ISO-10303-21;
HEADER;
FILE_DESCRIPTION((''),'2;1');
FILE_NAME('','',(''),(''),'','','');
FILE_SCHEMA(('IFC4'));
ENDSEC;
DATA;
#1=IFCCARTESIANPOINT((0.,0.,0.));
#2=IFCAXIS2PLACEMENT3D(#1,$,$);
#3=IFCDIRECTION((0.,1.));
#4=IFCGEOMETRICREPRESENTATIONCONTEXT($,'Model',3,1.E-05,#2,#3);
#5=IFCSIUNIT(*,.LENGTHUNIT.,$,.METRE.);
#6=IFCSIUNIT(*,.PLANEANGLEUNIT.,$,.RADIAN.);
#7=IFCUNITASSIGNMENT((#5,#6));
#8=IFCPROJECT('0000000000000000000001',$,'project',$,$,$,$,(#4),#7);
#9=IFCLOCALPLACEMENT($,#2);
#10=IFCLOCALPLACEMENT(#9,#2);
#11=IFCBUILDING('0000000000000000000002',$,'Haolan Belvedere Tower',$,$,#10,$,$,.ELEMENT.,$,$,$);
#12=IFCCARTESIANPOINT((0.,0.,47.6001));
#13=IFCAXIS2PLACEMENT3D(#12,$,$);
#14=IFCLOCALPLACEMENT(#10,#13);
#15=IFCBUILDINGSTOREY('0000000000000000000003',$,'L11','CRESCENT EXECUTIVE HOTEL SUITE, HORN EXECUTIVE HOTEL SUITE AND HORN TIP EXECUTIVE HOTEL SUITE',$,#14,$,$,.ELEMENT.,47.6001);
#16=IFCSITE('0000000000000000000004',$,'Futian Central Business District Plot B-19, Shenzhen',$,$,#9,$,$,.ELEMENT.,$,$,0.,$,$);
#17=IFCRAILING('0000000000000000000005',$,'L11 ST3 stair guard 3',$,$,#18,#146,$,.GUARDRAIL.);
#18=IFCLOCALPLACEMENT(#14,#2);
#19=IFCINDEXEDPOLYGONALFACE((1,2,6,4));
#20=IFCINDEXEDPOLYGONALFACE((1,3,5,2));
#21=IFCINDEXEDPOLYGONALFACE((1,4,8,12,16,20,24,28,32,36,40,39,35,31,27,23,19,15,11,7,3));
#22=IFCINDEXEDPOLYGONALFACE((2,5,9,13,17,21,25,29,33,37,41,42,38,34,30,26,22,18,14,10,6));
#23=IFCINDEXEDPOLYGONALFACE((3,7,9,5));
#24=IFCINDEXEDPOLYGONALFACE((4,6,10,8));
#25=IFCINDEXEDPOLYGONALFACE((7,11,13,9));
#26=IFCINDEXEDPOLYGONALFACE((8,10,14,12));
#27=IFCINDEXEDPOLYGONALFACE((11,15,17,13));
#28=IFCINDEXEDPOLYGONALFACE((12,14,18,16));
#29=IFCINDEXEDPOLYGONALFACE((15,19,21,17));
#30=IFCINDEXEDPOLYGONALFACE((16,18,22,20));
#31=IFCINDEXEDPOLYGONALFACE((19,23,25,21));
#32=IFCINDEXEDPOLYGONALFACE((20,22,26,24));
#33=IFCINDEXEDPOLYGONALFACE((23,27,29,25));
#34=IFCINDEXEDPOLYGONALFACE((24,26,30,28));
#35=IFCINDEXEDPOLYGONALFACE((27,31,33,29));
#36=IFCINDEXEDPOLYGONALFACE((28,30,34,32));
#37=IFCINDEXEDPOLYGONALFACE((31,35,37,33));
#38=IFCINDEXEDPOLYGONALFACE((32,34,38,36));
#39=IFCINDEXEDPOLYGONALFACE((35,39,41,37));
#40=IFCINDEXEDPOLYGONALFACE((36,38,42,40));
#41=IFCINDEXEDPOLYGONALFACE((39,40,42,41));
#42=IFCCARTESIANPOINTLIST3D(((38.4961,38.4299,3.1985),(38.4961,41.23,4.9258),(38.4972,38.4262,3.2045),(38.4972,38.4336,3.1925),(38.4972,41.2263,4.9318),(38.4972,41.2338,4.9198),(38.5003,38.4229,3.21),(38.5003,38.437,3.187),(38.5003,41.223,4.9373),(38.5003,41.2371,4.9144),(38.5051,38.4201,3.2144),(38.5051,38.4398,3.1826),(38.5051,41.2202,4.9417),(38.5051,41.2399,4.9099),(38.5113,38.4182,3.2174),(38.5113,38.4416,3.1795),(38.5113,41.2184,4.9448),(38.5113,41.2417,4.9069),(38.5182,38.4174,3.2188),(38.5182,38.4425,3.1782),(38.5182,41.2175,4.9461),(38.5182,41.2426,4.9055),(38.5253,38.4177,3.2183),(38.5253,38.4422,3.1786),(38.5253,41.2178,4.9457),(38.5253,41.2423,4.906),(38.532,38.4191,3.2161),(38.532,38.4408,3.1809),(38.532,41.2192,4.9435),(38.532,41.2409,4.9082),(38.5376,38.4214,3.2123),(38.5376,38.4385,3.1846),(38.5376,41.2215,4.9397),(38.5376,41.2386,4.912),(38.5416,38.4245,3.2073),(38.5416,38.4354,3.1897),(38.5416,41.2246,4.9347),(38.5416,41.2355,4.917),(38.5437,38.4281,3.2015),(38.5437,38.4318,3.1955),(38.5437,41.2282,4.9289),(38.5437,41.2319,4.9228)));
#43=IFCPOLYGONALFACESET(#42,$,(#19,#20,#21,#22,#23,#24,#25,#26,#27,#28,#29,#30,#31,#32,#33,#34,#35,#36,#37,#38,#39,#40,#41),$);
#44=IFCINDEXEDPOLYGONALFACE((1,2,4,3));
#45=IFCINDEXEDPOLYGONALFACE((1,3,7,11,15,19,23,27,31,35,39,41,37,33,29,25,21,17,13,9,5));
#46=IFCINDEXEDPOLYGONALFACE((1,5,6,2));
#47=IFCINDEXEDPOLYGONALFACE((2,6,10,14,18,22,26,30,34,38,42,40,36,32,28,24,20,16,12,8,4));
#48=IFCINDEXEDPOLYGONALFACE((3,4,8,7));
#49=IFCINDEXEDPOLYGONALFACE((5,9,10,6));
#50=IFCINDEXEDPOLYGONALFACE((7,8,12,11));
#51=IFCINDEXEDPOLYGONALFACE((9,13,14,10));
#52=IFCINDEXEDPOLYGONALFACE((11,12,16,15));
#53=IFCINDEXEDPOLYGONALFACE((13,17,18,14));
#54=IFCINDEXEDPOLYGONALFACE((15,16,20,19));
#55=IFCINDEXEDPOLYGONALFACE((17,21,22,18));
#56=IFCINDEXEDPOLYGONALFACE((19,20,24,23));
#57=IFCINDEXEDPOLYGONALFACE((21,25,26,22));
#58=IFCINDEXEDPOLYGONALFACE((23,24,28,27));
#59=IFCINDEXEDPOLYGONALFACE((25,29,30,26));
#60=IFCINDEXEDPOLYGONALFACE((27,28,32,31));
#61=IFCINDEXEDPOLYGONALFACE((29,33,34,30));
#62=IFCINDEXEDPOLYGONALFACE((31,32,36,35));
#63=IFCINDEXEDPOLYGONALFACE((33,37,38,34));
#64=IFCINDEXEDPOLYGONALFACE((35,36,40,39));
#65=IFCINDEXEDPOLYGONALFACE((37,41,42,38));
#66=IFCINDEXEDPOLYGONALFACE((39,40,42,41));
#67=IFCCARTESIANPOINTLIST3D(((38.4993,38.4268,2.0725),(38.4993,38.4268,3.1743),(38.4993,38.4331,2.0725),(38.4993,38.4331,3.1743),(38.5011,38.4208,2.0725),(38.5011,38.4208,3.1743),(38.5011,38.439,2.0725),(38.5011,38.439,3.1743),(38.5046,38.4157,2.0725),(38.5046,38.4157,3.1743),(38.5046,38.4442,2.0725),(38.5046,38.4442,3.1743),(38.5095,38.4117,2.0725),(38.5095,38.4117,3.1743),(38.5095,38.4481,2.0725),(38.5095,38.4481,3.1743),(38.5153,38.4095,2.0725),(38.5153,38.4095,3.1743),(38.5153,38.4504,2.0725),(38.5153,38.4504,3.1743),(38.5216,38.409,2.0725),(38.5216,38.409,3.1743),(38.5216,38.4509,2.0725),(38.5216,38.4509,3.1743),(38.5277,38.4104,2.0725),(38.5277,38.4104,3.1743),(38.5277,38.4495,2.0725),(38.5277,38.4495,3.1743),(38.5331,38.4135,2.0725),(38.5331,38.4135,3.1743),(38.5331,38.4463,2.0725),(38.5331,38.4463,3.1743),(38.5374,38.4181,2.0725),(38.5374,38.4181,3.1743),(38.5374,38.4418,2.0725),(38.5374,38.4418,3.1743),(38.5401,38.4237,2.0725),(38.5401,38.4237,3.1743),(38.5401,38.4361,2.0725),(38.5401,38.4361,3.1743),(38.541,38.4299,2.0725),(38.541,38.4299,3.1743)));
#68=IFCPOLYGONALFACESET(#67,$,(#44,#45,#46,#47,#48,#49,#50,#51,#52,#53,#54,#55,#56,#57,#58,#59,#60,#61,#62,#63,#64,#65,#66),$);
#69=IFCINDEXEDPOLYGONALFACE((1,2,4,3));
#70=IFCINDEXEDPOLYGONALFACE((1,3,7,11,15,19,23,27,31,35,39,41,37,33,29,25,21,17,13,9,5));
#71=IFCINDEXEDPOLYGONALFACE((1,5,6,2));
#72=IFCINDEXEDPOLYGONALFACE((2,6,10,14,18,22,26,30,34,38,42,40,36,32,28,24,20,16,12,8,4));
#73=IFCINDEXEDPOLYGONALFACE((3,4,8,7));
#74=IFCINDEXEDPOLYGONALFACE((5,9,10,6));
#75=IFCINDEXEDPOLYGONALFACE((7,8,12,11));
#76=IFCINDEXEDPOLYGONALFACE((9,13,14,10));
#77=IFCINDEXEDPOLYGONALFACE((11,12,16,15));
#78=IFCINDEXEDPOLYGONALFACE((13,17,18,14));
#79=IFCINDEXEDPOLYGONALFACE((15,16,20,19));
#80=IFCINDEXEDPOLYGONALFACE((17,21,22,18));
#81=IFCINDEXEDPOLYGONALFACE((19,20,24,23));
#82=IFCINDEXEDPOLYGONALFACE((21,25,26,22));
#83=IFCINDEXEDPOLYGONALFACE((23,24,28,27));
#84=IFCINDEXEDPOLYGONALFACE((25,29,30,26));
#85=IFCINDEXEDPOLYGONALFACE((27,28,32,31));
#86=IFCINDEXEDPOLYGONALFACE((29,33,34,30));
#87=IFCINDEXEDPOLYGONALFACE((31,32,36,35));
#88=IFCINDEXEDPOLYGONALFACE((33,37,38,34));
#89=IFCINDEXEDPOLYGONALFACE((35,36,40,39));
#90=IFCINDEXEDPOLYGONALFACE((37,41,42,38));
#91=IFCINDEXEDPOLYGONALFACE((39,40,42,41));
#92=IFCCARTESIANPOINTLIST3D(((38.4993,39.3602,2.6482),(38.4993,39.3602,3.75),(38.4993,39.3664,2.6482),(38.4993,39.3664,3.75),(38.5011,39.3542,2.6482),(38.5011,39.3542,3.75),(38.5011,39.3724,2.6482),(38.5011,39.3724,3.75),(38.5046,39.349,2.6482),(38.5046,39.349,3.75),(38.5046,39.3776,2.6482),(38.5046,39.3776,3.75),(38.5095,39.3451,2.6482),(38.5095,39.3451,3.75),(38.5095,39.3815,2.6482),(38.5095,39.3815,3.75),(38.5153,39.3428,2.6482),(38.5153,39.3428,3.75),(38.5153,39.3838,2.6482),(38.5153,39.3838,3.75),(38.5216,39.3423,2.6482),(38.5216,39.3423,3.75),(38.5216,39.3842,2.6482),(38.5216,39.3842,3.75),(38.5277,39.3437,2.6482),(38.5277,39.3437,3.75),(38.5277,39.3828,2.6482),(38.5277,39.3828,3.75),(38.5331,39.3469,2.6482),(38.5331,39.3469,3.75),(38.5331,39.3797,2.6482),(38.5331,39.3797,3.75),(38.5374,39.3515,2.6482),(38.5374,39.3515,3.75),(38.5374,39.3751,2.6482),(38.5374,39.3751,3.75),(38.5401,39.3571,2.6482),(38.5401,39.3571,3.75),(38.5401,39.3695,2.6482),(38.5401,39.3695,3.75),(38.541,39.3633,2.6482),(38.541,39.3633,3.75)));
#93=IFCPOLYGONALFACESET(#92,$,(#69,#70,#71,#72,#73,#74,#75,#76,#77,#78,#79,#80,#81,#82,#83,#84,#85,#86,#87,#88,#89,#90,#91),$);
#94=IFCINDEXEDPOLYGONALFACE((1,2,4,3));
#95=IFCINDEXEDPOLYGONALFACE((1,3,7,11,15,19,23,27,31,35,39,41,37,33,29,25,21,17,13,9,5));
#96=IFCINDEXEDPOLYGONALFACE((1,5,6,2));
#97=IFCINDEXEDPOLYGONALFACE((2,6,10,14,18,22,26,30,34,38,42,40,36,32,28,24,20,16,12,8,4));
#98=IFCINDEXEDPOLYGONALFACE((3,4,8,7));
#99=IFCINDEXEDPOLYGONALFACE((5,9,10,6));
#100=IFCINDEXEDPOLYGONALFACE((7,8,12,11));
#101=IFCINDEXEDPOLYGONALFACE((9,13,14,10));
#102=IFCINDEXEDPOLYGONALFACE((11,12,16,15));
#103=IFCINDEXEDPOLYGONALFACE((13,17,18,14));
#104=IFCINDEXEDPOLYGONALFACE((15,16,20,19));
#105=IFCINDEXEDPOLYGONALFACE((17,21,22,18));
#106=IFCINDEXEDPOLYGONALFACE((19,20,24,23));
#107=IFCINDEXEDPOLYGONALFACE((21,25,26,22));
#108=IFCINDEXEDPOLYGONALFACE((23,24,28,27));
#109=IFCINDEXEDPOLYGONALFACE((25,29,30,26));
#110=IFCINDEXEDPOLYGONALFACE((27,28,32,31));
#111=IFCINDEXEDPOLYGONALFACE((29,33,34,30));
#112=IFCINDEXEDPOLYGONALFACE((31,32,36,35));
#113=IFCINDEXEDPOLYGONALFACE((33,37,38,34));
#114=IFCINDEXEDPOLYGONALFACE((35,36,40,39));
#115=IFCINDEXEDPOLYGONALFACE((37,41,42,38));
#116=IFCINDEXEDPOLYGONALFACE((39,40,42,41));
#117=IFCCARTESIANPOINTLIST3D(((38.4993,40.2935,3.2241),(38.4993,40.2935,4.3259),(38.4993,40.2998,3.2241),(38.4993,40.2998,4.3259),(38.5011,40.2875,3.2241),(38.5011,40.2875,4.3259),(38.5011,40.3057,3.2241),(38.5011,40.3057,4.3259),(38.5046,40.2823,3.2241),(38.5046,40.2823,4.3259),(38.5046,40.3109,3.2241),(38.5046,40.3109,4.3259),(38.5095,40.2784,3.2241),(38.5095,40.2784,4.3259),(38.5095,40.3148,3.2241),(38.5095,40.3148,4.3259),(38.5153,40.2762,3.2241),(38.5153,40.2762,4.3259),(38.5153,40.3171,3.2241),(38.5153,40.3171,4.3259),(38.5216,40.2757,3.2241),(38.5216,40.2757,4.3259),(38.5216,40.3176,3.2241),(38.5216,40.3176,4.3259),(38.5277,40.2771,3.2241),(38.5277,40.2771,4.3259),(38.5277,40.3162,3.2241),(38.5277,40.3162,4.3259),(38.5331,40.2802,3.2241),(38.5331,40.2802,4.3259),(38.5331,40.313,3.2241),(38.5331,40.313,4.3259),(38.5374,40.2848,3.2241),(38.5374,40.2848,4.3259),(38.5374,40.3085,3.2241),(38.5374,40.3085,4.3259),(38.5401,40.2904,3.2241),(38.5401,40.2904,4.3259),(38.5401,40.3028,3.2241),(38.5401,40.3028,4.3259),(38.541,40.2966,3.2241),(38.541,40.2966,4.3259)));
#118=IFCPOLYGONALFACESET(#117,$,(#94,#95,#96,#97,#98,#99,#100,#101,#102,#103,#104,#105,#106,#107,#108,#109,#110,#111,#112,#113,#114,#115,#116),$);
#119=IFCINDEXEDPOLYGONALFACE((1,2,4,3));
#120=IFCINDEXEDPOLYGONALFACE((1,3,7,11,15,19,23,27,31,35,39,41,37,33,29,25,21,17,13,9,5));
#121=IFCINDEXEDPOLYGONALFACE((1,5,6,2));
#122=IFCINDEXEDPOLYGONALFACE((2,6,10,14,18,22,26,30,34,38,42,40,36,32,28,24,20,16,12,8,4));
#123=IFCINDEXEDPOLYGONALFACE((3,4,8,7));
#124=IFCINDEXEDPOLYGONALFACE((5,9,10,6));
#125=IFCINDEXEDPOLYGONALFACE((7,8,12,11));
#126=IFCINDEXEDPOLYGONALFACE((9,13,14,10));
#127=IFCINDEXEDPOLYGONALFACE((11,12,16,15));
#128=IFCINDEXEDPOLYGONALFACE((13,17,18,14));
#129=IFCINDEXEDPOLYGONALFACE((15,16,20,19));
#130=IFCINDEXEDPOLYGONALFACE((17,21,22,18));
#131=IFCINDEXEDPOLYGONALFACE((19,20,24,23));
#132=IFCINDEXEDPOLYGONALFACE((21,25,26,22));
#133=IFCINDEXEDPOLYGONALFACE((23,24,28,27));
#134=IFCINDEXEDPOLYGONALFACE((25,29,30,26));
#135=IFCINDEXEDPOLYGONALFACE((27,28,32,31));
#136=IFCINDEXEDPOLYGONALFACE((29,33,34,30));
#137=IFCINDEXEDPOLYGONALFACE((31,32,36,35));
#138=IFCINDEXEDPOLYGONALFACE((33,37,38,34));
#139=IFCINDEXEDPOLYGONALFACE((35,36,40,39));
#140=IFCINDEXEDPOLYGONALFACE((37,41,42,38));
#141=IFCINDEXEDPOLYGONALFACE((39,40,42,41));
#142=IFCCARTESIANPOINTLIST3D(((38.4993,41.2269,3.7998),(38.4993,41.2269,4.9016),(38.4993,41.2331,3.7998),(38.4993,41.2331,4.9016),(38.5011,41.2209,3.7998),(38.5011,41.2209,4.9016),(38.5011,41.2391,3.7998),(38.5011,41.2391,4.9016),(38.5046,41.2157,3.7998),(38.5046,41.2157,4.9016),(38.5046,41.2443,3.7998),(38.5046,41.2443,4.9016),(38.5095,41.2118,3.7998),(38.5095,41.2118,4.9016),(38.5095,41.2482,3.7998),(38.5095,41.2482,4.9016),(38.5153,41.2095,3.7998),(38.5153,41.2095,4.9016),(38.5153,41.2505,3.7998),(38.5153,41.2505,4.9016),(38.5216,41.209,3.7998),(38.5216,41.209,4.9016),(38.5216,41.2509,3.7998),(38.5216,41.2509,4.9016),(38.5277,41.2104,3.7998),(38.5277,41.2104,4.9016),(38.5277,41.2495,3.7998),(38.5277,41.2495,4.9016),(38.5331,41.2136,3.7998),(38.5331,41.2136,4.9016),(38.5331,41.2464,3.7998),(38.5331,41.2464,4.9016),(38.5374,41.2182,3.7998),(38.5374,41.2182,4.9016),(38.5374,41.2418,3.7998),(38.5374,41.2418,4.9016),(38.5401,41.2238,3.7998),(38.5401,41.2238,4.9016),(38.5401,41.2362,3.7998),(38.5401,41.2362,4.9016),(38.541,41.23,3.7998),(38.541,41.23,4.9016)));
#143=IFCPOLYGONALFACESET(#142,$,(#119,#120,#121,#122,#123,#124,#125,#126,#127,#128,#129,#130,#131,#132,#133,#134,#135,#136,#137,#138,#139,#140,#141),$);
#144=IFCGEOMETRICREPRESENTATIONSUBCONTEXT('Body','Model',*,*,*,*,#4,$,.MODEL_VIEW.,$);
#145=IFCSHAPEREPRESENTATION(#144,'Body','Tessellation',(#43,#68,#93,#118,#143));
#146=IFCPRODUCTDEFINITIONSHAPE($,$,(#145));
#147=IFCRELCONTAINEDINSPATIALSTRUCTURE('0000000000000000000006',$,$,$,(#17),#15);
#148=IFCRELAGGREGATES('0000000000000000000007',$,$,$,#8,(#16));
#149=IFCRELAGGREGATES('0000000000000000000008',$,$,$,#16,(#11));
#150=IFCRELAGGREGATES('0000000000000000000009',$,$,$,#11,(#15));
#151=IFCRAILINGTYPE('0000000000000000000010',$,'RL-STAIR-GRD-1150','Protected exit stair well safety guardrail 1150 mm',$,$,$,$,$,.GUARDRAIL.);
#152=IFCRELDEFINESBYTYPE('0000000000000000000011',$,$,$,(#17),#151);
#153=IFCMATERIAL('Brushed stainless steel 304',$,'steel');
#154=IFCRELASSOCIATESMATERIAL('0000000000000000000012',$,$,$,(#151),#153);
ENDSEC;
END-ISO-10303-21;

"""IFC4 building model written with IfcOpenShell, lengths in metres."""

from ifc_helpers import new_model, si_unit, direction, frame, origin, origin_2d, place, context, subcontext, project, spatial, circle, extrude, material, type_object, element, save


model = new_model("IFC4")

# Units and contexts
model_context = context("Model", 3, precision=1e-05, world=origin(), true_north=direction((0.0, 1.0)))
body_context = subcontext(model_context, "Body", "Model", "MODEL_VIEW")
ifc_project = project(units=[si_unit("LENGTHUNIT", "METRE"), si_unit("PLANEANGLEUNIT", "RADIAN")], contexts=[model_context])

# Site, building, storey
site_placement = place(None, origin())
site = spatial("IfcSite", under=ifc_project, at=site_placement, Name="Futian Central Business District Plot B-19, Shenzhen", CompositionType="ELEMENT", RefElevation=0.0)
building_placement = place(site_placement, origin())
building = spatial("IfcBuilding", under=site, at=building_placement, Name="Haolan Belvedere Tower", CompositionType="ELEMENT")
storey_placement = place(building_placement, frame((0.0, 0.0, 47.6001)))
storey = spatial("IfcBuildingStorey", under=building, at=storey_placement, Name="L11", Description="CRESCENT EXECUTIVE HOTEL SUITE, HORN EXECUTIVE HOTEL SUITE AND HORN TIP EXECUTIVE HOTEL SUITE", CompositionType="ELEMENT", Elevation=47.6001)

# Railing
ifc_material_1 = material(Name="Brushed stainless steel 304", Category="steel")
railing_type_1 = type_object("IfcRailingType", Name="RL-STAIR-GRD-1150", Description="Protected exit stair well safety guardrail 1150 mm", PredefinedType="GUARDRAIL", material=ifc_material_1)
railing_1_placement = place(storey_placement, frame((38.52, 38.4299, 2.0725)))
element("IfcRailing", 1, at=railing_1_placement, inside=storey, type_object=railing_type_1, Name="L11 ST3 stair guard 3", PredefinedType="GUARDRAIL", context=body_context, shape_type="SweptSolid", body=[
    extrude(circle(Radius=0.0239, at=origin_2d()), frame((0.0, 0.0, 1.126), z_axis=(0.0, 0.85109, 0.52502), x_axis=(-1.0, 0.0, 0.0)), (0.0, 0.0, 1.0), 3.29),
    extrude(circle(Radius=0.021, at=origin_2d()), origin(), (0.0, 0.0, 1.0), 1.1018),
    extrude(circle(Radius=0.021, at=origin_2d()), frame((0.0, 0.9333, 0.5757)), (0.0, 0.0, 1.0), 1.1018),
    extrude(circle(Radius=0.021, at=origin_2d()), frame((0.0, 1.8667, 1.1516)), (0.0, 0.0, 1.0), 1.1018),
    extrude(circle(Radius=0.021, at=origin_2d()), frame((0.0, 2.8, 1.7273)), (0.0, 0.0, 1.0), 1.1018),
])

save(model, "model.ifc")
